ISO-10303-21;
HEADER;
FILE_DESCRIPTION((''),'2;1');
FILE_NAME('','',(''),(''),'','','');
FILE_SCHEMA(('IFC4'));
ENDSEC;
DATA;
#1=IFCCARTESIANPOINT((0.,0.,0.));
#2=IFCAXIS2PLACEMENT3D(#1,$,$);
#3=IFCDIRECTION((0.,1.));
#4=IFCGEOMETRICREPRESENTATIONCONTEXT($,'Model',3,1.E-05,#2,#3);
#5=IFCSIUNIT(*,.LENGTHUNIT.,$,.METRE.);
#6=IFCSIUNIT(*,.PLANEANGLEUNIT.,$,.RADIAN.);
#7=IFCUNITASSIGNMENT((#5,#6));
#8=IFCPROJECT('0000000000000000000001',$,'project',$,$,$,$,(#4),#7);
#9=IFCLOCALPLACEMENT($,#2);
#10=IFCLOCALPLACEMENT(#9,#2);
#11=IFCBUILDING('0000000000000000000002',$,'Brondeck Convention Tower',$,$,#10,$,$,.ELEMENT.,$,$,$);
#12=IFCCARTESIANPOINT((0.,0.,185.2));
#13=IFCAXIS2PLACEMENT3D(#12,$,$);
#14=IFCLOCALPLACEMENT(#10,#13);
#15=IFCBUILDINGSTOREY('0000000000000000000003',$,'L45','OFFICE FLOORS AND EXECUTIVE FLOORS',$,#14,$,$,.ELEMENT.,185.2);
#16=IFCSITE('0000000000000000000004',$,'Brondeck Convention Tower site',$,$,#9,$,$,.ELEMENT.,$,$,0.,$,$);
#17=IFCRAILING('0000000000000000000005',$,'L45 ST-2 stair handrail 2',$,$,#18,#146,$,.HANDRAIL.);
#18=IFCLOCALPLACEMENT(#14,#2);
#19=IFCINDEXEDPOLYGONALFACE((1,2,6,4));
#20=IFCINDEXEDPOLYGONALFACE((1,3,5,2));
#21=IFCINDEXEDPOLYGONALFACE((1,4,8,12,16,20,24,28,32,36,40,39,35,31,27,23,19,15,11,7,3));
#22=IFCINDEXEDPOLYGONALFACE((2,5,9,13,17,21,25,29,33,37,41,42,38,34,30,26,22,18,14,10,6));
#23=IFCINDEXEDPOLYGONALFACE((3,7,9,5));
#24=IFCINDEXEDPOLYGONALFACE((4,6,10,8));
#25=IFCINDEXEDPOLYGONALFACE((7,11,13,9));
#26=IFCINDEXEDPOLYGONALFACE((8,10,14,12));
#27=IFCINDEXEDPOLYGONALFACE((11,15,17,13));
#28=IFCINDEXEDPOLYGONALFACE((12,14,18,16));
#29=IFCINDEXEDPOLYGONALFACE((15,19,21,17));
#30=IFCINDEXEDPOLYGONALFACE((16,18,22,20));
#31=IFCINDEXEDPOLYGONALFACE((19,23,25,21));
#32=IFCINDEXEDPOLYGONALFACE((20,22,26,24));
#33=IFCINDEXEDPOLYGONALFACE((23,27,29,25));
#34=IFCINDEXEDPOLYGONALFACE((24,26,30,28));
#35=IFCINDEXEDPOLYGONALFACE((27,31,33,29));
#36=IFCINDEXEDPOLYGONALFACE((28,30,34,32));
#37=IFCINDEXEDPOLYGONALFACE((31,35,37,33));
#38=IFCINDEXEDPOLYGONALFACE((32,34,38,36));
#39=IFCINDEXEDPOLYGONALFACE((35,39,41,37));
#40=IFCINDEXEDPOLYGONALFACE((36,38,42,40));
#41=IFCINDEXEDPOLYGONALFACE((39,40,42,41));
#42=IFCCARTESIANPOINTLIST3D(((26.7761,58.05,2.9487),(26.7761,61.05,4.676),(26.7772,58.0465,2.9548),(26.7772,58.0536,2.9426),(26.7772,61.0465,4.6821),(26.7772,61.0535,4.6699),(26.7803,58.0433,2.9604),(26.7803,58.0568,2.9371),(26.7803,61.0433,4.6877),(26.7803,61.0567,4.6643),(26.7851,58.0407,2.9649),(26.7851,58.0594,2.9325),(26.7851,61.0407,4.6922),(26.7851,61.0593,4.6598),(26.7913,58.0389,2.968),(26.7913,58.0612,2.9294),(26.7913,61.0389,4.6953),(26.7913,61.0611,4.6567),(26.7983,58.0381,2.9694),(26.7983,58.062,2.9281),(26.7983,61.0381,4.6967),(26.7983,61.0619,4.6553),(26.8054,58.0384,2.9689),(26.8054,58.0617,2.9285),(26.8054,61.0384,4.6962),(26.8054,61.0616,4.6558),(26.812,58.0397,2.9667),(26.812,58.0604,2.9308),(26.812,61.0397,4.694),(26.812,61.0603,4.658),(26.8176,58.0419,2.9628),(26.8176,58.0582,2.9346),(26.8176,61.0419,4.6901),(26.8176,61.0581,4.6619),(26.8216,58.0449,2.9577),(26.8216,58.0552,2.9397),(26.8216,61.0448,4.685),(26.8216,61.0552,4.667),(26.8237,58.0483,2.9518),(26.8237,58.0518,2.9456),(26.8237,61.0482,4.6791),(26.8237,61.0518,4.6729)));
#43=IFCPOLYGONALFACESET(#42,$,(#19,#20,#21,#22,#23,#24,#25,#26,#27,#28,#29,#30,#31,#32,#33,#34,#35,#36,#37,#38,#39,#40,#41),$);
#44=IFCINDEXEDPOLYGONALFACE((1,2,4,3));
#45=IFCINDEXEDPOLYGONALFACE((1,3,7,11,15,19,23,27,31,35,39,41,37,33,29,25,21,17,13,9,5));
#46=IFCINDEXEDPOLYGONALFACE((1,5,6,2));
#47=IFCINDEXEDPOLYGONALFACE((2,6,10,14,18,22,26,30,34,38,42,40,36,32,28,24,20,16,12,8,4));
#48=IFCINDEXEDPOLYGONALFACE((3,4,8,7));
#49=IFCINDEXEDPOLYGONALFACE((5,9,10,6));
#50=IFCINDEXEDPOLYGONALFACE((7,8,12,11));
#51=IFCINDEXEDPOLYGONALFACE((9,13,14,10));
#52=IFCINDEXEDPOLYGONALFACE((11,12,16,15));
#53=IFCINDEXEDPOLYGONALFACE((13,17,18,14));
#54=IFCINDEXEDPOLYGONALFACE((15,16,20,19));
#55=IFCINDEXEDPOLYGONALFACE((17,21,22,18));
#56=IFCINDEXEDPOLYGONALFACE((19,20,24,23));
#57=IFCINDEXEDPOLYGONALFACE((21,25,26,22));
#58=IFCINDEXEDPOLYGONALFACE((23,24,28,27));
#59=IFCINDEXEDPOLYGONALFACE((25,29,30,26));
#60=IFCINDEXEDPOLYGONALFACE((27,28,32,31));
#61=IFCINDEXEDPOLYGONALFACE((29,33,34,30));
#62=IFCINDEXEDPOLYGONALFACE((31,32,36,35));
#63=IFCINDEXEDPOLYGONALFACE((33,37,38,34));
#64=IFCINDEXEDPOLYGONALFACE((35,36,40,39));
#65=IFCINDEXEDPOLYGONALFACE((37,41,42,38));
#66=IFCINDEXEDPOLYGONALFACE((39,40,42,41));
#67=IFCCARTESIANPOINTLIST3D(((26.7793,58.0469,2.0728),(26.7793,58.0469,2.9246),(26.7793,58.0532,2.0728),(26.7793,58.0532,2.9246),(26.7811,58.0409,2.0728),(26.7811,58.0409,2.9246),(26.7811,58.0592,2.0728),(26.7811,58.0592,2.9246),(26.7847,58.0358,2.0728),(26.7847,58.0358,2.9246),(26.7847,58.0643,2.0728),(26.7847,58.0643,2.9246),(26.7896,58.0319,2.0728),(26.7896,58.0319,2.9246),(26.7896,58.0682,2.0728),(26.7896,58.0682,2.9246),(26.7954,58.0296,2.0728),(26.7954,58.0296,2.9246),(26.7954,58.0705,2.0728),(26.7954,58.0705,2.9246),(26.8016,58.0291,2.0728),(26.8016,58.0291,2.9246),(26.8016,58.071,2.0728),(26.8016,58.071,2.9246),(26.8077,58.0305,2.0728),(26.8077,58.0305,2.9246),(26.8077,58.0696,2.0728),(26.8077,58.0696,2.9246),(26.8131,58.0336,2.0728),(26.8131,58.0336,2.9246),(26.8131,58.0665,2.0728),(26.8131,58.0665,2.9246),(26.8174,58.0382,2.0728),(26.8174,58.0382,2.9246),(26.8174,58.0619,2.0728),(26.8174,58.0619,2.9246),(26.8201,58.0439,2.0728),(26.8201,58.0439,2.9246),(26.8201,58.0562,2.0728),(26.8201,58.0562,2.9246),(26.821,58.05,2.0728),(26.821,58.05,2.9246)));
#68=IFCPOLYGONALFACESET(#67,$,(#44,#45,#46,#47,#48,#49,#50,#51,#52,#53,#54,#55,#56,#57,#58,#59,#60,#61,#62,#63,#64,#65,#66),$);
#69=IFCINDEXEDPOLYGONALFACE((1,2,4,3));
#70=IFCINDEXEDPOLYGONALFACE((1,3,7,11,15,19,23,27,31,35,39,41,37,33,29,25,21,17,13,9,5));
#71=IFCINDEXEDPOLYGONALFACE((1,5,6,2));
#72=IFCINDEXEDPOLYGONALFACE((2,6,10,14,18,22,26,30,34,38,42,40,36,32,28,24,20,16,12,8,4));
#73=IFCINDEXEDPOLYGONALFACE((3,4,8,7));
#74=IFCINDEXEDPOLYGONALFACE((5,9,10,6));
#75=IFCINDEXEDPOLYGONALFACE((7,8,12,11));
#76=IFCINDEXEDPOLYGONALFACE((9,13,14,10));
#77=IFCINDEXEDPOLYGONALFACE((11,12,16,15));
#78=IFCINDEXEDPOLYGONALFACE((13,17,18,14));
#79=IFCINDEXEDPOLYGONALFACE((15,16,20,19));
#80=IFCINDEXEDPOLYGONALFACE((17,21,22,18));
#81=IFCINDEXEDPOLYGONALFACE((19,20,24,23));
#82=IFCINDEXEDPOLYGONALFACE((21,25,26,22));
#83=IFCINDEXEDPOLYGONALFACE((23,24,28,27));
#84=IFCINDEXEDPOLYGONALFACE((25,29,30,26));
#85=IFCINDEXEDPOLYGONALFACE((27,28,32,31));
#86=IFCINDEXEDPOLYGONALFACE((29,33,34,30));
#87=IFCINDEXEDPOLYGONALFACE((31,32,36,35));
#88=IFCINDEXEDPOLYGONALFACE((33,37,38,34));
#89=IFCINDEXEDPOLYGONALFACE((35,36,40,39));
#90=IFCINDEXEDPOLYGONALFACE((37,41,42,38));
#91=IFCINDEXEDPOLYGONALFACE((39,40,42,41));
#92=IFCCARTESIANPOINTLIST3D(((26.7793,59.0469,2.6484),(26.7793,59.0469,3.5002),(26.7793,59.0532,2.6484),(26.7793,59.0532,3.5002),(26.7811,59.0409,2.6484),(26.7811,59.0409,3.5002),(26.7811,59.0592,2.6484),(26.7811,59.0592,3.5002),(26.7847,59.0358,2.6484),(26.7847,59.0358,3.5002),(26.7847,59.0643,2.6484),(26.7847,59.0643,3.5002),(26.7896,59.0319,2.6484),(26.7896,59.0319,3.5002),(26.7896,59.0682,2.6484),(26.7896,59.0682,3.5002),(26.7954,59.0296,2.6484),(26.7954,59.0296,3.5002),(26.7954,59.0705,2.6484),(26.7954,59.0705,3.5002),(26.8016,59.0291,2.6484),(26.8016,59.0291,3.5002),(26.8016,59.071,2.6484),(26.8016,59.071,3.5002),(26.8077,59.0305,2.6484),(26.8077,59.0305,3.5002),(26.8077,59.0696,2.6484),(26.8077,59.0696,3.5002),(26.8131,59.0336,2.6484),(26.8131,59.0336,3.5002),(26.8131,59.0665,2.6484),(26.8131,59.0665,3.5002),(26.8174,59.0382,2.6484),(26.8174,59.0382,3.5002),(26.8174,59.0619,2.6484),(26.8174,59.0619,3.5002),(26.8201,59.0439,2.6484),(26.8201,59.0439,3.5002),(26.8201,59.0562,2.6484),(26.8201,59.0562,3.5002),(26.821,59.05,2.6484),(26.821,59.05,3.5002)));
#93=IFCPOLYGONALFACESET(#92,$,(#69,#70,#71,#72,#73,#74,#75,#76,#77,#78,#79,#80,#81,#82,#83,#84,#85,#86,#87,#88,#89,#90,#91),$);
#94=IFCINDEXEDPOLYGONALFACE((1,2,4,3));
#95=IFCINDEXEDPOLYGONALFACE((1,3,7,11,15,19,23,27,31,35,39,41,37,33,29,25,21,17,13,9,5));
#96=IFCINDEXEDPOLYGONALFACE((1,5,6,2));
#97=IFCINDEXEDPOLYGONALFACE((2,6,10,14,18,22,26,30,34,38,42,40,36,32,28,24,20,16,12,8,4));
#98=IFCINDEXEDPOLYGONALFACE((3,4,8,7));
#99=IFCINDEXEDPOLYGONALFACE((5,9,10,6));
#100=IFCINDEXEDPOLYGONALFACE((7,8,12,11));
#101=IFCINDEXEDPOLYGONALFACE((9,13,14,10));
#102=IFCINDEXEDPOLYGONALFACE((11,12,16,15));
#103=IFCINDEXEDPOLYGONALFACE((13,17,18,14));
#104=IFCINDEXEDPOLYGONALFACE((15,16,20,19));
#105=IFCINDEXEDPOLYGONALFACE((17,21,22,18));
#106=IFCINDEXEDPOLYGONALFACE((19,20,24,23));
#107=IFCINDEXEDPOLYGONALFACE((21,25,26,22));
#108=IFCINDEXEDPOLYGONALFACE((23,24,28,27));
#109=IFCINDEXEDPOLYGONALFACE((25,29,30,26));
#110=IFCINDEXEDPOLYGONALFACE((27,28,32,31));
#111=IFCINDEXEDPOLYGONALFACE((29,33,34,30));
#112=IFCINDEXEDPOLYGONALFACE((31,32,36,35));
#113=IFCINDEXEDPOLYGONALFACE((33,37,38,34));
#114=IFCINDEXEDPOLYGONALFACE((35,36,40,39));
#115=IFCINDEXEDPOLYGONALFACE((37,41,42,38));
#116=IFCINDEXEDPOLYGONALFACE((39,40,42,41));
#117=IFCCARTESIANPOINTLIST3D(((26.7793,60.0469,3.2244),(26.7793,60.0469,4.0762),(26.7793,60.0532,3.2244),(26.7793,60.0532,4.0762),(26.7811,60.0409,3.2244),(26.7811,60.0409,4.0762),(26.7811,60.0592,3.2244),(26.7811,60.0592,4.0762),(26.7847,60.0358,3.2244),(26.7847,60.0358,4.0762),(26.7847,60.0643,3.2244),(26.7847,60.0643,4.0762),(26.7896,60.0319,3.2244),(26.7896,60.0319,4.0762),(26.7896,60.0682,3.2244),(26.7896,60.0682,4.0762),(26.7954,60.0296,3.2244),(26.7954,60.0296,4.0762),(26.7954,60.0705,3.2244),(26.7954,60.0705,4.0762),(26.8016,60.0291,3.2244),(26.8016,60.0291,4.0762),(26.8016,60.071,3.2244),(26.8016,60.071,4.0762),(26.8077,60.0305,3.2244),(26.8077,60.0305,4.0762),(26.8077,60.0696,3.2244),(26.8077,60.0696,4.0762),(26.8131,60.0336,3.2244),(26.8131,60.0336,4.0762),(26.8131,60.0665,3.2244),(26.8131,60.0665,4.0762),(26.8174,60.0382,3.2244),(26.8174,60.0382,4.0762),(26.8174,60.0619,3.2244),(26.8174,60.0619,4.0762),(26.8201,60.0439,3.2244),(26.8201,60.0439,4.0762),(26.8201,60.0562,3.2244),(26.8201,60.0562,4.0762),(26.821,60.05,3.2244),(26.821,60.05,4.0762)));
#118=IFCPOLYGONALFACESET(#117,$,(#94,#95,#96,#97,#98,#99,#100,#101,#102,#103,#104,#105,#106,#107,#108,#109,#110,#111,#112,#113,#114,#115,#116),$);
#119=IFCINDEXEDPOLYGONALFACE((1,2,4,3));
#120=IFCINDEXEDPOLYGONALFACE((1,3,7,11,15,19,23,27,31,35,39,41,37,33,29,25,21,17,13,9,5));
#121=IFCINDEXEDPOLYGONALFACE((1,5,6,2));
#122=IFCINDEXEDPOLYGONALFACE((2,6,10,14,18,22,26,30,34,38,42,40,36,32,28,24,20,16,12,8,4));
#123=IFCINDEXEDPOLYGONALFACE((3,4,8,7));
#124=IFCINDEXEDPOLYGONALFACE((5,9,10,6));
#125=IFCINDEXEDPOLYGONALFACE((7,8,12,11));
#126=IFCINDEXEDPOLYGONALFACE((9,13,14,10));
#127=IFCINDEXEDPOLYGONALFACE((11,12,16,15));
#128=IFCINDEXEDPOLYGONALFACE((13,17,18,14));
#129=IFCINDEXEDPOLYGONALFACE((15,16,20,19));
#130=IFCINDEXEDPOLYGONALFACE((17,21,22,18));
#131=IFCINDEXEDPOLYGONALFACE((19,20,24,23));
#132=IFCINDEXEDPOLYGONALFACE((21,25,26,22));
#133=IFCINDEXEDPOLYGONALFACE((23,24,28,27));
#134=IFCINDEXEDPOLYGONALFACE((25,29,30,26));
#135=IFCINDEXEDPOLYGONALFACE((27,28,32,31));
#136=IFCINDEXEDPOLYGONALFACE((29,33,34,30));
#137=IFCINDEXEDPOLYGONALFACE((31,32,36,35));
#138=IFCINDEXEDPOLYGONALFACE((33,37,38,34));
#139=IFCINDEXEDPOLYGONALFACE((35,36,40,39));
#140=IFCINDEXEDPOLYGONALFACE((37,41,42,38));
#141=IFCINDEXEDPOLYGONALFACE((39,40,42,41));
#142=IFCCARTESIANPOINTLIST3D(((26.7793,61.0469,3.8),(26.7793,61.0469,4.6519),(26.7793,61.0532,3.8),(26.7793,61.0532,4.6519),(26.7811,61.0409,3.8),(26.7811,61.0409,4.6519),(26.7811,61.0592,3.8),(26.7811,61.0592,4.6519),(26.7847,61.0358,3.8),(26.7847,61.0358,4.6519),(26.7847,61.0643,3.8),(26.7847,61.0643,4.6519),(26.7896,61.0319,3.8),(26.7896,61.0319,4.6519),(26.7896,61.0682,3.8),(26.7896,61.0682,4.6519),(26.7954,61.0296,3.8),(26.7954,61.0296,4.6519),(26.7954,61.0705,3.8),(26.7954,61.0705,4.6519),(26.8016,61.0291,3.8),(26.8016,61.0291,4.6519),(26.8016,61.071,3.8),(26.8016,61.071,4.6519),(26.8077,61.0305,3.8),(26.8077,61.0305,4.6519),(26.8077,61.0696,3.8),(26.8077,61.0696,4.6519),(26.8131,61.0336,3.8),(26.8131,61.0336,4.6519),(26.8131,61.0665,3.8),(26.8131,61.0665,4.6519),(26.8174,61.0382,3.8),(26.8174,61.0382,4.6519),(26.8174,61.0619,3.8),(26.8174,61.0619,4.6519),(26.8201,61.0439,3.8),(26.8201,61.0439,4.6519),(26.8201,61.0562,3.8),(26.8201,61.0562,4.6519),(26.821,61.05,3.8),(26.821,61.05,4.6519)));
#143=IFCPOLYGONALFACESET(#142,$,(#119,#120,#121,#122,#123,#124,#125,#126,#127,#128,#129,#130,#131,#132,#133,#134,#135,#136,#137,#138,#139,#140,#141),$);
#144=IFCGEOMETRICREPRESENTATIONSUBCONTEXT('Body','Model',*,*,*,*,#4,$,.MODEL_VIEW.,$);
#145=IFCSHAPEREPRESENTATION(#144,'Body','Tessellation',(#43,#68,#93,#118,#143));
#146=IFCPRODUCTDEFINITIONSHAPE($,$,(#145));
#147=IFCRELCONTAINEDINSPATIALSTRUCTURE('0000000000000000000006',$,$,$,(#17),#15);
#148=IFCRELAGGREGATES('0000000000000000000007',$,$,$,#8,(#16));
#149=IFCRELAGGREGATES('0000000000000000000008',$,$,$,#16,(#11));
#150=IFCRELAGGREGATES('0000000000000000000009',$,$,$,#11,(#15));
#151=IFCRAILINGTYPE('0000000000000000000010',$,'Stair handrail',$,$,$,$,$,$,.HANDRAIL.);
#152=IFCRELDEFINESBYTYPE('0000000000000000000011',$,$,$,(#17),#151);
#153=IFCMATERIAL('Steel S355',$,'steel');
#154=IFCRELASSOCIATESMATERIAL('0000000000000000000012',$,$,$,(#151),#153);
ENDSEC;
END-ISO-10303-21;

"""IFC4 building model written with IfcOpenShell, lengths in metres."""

from ifc_helpers import new_model, si_unit, direction, frame, origin, origin_2d, place, context, subcontext, project, spatial, circle, extrude, material, type_object, element, save


model = new_model("IFC4")

# Units and contexts
model_context = context("Model", 3, precision=1e-05, world=origin(), true_north=direction((0.0, 1.0)))
body_context = subcontext(model_context, "Body", "Model", "MODEL_VIEW")
ifc_project = project(units=[si_unit("LENGTHUNIT", "METRE"), si_unit("PLANEANGLEUNIT", "RADIAN")], contexts=[model_context])

# Site, building, storey
site_placement = place(None, origin())
site = spatial("IfcSite", under=ifc_project, at=site_placement, Name="Brondeck Convention Tower site", CompositionType="ELEMENT", RefElevation=0.0)
building_placement = place(site_placement, origin())
building = spatial("IfcBuilding", under=site, at=building_placement, Name="Brondeck Convention Tower", CompositionType="ELEMENT")
storey_placement = place(building_placement, frame((0.0, 0.0, 185.2)))
storey = spatial("IfcBuildingStorey", under=building, at=storey_placement, Name="L45", Description="OFFICE FLOORS AND EXECUTIVE FLOORS", CompositionType="ELEMENT", Elevation=185.2)

# Shared definitions
ifc_material_1 = material(Name="Steel S355", Category="steel")

# Railing
railing_type_1 = type_object("IfcRailingType", Name="Stair handrail", PredefinedType="HANDRAIL", material=ifc_material_1)
railing_1_placement = place(storey_placement, frame((26.8, 58.05, 2.0728)))
element("IfcRailing", 1, at=railing_1_placement, inside=storey, type_object=railing_type_1, Name="L45 ST-2 stair handrail 2", PredefinedType="HANDRAIL", context=body_context, shape_type="SweptSolid", body=[
    extrude(circle(Radius=0.0239, at=origin_2d()), frame((0.0, 0.0, 0.876), z_axis=(0.0, 0.86662, 0.498969), x_axis=(-1.0, 0.0, 0.0)), (0.0, 0.0, 1.0), 3.4617),
    extrude(circle(Radius=0.021, at=origin_2d()), origin(), (0.0, 0.0, 1.0), 0.8518),
    extrude(circle(Radius=0.021, at=origin_2d()), frame((0.0, 1.0, 0.5757)), (0.0, 0.0, 1.0), 0.8518),
    extrude(circle(Radius=0.021, at=origin_2d()), frame((0.0, 2.0, 1.1516)), (0.0, 0.0, 1.0), 0.8518),
    extrude(circle(Radius=0.021, at=origin_2d()), frame((0.0, 3.0, 1.7273)), (0.0, 0.0, 1.0), 0.8518),
])

save(model, "model.ifc")
